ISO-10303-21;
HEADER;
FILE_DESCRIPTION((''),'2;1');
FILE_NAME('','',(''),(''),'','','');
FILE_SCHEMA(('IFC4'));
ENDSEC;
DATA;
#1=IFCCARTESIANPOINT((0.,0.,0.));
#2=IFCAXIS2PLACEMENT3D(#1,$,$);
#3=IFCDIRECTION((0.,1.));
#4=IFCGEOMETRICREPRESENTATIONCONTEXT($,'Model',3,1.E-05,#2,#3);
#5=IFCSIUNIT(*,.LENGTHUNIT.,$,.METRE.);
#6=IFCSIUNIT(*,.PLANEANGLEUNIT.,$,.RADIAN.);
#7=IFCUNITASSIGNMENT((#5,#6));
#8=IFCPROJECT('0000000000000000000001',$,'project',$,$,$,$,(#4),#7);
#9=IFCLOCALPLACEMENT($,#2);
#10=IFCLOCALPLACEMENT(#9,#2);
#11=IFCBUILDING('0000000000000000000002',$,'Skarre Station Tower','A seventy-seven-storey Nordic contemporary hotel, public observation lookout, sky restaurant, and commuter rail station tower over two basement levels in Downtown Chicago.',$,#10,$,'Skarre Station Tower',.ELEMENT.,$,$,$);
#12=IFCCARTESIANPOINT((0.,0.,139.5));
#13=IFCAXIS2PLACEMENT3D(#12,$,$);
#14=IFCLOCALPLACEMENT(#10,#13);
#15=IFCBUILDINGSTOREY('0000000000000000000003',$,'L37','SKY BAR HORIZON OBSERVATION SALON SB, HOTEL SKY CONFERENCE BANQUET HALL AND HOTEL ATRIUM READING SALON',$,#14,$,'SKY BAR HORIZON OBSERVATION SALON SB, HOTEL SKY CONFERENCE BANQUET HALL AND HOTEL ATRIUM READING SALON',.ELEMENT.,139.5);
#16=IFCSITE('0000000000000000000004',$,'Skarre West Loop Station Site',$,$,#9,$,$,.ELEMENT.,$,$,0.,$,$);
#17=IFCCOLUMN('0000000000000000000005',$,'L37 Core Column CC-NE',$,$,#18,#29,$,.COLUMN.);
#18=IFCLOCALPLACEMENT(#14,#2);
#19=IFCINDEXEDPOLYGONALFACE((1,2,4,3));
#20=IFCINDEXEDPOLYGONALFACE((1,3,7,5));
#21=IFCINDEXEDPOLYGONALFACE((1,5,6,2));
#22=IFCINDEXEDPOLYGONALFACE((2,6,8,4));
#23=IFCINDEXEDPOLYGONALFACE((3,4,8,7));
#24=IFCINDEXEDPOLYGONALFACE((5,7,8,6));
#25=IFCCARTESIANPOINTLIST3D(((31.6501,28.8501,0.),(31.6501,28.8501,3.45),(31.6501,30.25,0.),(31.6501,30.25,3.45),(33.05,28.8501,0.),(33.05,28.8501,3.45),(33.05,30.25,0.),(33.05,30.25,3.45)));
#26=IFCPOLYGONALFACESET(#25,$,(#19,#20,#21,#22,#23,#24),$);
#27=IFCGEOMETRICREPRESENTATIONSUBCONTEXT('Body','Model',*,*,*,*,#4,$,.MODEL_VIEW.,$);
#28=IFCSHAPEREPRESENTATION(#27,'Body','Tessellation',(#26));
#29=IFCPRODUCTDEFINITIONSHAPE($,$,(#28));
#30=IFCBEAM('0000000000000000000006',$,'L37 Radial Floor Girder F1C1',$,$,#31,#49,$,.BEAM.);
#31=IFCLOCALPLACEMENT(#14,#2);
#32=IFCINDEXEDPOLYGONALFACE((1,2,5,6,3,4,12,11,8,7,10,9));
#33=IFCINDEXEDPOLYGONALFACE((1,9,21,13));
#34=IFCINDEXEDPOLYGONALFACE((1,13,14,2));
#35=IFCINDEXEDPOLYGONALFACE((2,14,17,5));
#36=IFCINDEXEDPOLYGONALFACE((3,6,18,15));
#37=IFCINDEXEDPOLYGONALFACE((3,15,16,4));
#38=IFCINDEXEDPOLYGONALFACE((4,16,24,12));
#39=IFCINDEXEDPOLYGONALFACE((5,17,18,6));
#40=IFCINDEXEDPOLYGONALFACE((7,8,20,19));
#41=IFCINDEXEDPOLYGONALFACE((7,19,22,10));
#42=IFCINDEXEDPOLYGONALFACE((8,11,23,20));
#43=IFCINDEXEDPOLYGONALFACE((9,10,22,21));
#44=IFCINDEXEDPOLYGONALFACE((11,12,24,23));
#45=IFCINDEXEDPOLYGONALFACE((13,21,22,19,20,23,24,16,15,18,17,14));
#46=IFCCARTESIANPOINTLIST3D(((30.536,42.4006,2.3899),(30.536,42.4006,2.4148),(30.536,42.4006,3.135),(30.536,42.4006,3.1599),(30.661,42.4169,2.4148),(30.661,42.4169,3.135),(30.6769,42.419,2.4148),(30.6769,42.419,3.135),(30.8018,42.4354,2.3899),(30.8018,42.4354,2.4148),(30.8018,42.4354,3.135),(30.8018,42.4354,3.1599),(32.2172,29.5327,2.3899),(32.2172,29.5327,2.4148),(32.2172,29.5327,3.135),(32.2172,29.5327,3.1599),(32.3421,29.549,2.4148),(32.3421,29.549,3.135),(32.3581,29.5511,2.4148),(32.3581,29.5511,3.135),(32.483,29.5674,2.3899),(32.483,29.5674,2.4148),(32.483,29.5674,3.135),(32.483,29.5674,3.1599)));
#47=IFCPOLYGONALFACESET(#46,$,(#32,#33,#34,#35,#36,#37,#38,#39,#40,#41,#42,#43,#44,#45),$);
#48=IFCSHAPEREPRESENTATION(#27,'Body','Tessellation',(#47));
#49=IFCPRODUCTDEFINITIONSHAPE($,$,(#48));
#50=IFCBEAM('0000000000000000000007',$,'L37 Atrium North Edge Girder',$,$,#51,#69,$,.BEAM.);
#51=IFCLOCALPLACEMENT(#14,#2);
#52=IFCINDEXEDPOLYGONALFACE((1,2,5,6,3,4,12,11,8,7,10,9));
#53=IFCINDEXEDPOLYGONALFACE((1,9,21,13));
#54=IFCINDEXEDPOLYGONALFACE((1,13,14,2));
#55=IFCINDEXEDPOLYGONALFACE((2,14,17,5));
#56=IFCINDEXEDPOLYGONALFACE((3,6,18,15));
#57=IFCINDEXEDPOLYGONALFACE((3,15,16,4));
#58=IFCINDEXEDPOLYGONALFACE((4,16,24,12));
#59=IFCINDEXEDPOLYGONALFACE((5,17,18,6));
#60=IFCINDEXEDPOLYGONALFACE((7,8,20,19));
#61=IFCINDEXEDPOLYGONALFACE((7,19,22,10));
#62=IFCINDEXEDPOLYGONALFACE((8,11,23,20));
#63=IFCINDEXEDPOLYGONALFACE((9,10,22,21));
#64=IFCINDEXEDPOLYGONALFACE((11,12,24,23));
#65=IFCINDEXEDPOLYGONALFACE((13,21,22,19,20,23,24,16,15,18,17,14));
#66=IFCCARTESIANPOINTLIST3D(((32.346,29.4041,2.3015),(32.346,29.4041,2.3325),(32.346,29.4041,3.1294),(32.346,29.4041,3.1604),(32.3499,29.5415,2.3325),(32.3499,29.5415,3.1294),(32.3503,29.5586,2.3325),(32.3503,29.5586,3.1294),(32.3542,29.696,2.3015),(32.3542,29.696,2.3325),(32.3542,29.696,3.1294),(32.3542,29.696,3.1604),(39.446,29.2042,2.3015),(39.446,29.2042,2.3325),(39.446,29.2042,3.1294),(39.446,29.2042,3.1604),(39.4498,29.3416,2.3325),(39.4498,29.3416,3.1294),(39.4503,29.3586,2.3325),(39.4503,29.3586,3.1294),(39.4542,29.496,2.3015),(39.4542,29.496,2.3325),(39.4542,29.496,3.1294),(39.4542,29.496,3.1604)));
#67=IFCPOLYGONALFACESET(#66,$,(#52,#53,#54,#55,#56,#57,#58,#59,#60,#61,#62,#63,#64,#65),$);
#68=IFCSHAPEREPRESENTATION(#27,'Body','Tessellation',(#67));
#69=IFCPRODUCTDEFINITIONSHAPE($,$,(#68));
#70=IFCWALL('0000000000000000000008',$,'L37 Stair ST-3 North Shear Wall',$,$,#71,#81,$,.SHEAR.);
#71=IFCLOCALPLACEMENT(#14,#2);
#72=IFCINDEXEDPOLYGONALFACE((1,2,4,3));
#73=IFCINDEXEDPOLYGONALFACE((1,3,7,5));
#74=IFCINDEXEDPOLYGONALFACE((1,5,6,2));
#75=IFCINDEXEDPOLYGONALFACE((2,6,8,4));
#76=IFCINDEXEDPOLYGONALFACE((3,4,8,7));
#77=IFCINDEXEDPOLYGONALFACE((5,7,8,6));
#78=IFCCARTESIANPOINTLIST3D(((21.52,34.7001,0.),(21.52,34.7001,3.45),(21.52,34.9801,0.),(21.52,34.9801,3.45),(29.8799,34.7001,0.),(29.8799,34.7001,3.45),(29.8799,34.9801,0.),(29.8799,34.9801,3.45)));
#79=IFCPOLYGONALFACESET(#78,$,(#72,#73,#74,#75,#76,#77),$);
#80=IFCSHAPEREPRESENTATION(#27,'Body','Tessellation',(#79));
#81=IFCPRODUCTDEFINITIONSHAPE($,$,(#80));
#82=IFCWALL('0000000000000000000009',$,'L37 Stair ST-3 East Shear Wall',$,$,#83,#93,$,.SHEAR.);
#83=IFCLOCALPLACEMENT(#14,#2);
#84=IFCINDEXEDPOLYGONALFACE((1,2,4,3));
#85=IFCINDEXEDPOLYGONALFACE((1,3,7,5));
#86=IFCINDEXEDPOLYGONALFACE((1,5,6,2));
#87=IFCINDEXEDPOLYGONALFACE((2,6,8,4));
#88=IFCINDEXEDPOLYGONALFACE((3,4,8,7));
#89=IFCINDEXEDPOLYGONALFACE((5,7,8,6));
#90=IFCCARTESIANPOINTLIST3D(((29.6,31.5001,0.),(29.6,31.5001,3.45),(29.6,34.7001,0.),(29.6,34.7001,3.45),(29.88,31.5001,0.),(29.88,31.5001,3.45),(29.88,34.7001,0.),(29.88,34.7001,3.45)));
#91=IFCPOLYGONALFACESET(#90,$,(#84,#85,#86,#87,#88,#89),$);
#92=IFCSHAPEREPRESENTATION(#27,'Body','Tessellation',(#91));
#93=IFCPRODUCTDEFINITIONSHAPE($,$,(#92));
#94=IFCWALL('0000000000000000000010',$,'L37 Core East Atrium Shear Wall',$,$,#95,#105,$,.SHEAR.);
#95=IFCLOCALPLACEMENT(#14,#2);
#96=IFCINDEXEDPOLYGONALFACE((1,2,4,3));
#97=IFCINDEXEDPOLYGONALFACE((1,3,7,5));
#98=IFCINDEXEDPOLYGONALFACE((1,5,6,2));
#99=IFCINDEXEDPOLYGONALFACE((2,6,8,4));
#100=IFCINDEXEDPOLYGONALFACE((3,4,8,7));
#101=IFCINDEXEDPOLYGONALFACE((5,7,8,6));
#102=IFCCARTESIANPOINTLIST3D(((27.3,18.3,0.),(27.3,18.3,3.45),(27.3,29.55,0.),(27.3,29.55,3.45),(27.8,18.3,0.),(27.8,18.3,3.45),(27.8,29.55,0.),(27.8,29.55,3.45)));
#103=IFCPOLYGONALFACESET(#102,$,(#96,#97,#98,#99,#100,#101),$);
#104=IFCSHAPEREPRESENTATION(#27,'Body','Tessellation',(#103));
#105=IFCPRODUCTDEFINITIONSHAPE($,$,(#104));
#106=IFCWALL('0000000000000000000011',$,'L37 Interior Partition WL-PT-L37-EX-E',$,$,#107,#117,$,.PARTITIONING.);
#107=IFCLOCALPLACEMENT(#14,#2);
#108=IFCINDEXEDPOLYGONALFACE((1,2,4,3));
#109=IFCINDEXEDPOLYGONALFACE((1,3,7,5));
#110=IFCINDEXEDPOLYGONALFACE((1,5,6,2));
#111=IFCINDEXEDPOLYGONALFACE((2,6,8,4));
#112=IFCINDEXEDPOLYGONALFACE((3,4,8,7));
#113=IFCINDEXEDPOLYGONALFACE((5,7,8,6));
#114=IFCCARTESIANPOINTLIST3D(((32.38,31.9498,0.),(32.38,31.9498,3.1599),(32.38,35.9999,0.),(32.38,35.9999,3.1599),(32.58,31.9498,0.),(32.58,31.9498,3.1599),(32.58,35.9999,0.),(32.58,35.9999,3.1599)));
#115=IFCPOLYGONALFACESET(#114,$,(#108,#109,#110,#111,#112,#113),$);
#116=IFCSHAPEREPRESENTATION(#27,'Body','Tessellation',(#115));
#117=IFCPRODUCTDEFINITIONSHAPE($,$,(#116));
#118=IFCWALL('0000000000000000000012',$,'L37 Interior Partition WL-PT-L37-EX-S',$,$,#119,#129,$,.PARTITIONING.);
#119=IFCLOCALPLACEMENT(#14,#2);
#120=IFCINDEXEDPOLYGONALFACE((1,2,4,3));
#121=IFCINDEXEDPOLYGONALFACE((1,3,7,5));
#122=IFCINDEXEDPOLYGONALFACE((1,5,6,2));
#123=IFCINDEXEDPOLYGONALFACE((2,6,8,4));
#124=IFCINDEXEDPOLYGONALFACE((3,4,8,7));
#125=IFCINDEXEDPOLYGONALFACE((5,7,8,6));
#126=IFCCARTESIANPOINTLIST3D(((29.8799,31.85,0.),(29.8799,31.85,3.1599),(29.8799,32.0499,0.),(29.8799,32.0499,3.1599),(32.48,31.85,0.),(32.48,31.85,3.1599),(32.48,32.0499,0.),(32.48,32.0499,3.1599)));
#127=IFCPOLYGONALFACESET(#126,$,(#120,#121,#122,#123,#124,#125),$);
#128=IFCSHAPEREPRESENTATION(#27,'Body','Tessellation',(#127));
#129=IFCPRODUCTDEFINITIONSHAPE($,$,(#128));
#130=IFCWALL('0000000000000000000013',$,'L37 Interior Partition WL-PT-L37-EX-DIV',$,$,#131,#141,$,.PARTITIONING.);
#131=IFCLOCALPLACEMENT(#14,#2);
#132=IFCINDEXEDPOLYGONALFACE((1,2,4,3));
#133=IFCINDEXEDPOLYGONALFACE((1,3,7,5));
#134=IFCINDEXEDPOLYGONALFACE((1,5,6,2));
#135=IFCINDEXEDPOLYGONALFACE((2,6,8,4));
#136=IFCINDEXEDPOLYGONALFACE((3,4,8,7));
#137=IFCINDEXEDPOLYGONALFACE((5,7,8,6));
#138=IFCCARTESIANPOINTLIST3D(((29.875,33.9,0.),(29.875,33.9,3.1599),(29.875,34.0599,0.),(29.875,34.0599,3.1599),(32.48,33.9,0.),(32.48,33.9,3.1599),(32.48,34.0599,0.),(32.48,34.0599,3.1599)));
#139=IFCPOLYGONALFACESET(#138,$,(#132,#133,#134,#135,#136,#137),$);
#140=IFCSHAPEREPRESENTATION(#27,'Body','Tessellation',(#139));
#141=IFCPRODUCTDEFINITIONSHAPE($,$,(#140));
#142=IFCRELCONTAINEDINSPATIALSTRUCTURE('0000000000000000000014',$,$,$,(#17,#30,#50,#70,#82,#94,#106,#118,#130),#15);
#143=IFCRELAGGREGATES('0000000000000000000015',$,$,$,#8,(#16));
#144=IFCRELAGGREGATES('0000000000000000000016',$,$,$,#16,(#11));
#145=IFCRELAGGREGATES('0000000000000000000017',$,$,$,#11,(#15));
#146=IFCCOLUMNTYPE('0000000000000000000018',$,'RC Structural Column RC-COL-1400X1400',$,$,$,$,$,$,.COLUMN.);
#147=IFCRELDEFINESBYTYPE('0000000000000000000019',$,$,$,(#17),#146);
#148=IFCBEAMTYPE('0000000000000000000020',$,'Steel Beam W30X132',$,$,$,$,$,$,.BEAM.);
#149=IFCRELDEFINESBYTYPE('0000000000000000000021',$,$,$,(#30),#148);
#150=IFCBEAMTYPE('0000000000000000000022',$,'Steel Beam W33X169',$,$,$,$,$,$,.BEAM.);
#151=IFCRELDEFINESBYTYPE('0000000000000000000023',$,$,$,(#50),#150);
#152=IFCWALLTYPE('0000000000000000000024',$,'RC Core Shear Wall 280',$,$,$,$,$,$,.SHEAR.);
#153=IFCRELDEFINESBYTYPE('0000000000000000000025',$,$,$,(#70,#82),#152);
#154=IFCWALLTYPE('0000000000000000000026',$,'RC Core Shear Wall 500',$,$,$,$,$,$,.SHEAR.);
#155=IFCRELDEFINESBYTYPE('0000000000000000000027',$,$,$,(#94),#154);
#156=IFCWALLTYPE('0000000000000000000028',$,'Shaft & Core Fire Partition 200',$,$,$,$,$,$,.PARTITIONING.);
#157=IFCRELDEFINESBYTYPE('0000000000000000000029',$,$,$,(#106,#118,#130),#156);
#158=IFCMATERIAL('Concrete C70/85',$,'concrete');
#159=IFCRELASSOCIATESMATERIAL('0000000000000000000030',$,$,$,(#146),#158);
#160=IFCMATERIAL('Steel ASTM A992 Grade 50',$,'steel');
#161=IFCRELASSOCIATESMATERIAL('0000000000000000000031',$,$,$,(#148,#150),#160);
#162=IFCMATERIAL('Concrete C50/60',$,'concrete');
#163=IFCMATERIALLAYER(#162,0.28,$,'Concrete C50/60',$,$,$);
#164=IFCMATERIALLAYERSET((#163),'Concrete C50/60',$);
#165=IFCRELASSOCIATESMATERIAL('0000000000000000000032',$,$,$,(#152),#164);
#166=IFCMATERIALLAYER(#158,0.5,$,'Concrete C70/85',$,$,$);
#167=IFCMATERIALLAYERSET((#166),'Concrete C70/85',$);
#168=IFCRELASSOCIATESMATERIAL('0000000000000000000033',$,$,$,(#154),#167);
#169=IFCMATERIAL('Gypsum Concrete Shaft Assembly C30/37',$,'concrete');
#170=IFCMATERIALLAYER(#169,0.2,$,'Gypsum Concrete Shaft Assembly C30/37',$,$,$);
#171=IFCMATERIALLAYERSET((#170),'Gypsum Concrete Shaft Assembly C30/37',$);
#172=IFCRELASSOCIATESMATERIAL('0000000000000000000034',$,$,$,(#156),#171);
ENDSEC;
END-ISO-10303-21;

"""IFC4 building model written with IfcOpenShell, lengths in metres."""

from ifc_helpers import new_model, si_unit, direction, frame, frame_2d, origin, origin_2d, place, context, subcontext, project, spatial, rectangle, i_section, extrude, material, layer, layer_set, material_profile, profile_set, type_object, element, save


model = new_model("IFC4")

# Units and contexts
model_context = context("Model", 3, precision=1e-05, world=origin(), true_north=direction((0.0, 1.0)))
body_context = subcontext(model_context, "Body", "Model", "MODEL_VIEW")
ifc_project = project(units=[si_unit("LENGTHUNIT", "METRE"), si_unit("PLANEANGLEUNIT", "RADIAN")], contexts=[model_context])

# Site, building, storey
site_placement = place(None, origin())
site = spatial("IfcSite", under=ifc_project, at=site_placement, Name="Skarre West Loop Station Site", CompositionType="ELEMENT", RefElevation=0.0)
building_placement = place(site_placement, origin())
building = spatial("IfcBuilding", under=site, at=building_placement, Name="Skarre Station Tower", Description="A seventy-seven-storey Nordic contemporary hotel, public observation lookout, sky restaurant, and commuter rail station tower over two basement levels in Downtown Chicago.", LongName="Skarre Station Tower", CompositionType="ELEMENT")
storey_placement = place(building_placement, frame((0.0, 0.0, 139.5)))
storey = spatial("IfcBuildingStorey", under=building, at=storey_placement, Name="L37", Description="SKY BAR HORIZON OBSERVATION SALON SB, HOTEL SKY CONFERENCE BANQUET HALL AND HOTEL ATRIUM READING SALON", LongName="SKY BAR HORIZON OBSERVATION SALON SB, HOTEL SKY CONFERENCE BANQUET HALL AND HOTEL ATRIUM READING SALON", CompositionType="ELEMENT", Elevation=139.5)

# Column
ifc_material_1 = material(Name="Concrete C70/85", Category="concrete")
ifc_material_profile_1 = material_profile(ifc_material_1, rectangle(XDim=1.3999, YDim=1.3999, at=origin_2d()), Name="Concrete C70/85")
ifc_profile_set_1 = profile_set([ifc_material_profile_1], Name="Concrete C70/85")
column_type = type_object("IfcColumnType", Name="RC Structural Column RC-COL-1400X1400", PredefinedType="COLUMN", material=ifc_profile_set_1)
column_placement = place(storey_placement, frame((32.3501, 29.55, 0.0), z_axis=(0.0, 0.0, 1.0), x_axis=(1.0, 0.0, 0.0)))
element("IfcColumn", 1, at=column_placement, inside=storey, type_object=column_type, Name="L37 Core Column CC-NE", PredefinedType="COLUMN", context=body_context, shape_type="SweptSolid", body=[
    extrude(rectangle(XDim=1.3999, YDim=1.3999, at=origin_2d()), origin(), (0.0, 0.0, 1.0), 3.45),
])

# Beams
ifc_material_2 = material(Name="Steel ASTM A992 Grade 50", Category="steel")
ifc_material_profile_2 = material_profile(ifc_material_2, i_section(OverallWidth=0.2681, OverallDepth=0.77, WebThickness=0.0161, FlangeThickness=0.0249, at=origin_2d()), Name="Steel ASTM A992 Grade 50")
ifc_profile_set_2 = profile_set([ifc_material_profile_2], Name="Steel ASTM A992 Grade 50")
beam_type_1 = type_object("IfcBeamType", Name="Steel Beam W30X132", PredefinedType="BEAM", material=ifc_profile_set_2)
beam_1_placement = place(storey_placement, frame((32.3501, 29.55, 2.7749), z_axis=(-0.129546, 0.991573, 0.0), x_axis=(-0.991573, -0.129546, 0.0)))
element("IfcBeam", 2, at=beam_1_placement, inside=storey, type_object=beam_type_1, Name="L37 Radial Floor Girder F1C1", PredefinedType="BEAM", context=body_context, shape_type="SweptSolid", body=[
    extrude(i_section(OverallWidth=0.2681, OverallDepth=0.77, WebThickness=0.0161, FlangeThickness=0.0249, at=origin_2d()), origin(), (0.0, 0.0, 1.0), 12.9773),
])
ifc_material_profile_3 = material_profile(ifc_material_2, i_section(OverallWidth=0.292, OverallDepth=0.8589, WebThickness=0.0171, FlangeThickness=0.031, at=origin_2d()), Name="Steel ASTM A992 Grade 50")
ifc_profile_set_3 = profile_set([ifc_material_profile_3], Name="Steel ASTM A992 Grade 50")
beam_type_2 = type_object("IfcBeamType", Name="Steel Beam W33X169", PredefinedType="BEAM", material=ifc_profile_set_3)
beam_2_placement = place(storey_placement, frame((32.3501, 29.55, 2.731), z_axis=(0.999604, -0.028152, 0.0), x_axis=(0.028152, 0.999604, 0.0)))
element("IfcBeam", 3, at=beam_2_placement, inside=storey, type_object=beam_type_2, Name="L37 Atrium North Edge Girder", PredefinedType="BEAM", context=body_context, shape_type="SweptSolid", body=[
    extrude(i_section(OverallWidth=0.292, OverallDepth=0.8589, WebThickness=0.0171, FlangeThickness=0.031, at=origin_2d()), origin(), (0.0, 0.0, 1.0), 7.1028),
])

# Walls
ifc_material_3 = material(Name="Concrete C50/60", Category="concrete")
ifc_layer_1 = layer(ifc_material_3, 0.28, Name="Concrete C50/60")
ifc_layer_set_1 = layer_set([ifc_layer_1], Name="Concrete C50/60")
wall_type_1 = type_object("IfcWallType", Name="RC Core Shear Wall 280", PredefinedType="SHEAR", material=ifc_layer_set_1)
wall_1_placement = place(storey_placement, frame((29.8799, 34.8401, 0.0), z_axis=(0.0, 0.0, 1.0), x_axis=(-1.0, 0.0, 0.0)))
element("IfcWall", 4, at=wall_1_placement, inside=storey, type_object=wall_type_1, Name="L37 Stair ST-3 North Shear Wall", PredefinedType="SHEAR", context=body_context, shape_type="SweptSolid", body=[
    extrude(rectangle(XDim=8.3599, YDim=0.28, at=frame_2d((4.1799, 0.0))), origin(), (0.0, 0.0, 1.0), 3.45),
])
wall_2_placement = place(storey_placement, frame((29.74, 31.5, 0.0), z_axis=(0.0, 0.0, 1.0), x_axis=(0.0, 1.0, 0.0)))
element("IfcWall", 5, at=wall_2_placement, inside=storey, type_object=wall_type_1, Name="L37 Stair ST-3 East Shear Wall", PredefinedType="SHEAR", context=body_context, shape_type="SweptSolid", body=[
    extrude(rectangle(XDim=3.2, YDim=0.28, at=frame_2d((1.6001, 0.0))), origin(), (0.0, 0.0, 1.0), 3.45),
])
ifc_layer_2 = layer(ifc_material_1, 0.5, Name="Concrete C70/85")
ifc_layer_set_2 = layer_set([ifc_layer_2], Name="Concrete C70/85")
wall_type_2 = type_object("IfcWallType", Name="RC Core Shear Wall 500", PredefinedType="SHEAR", material=ifc_layer_set_2)
wall_3_placement = place(storey_placement, frame((27.55, 29.55, 0.0), z_axis=(0.0, 0.0, 1.0), x_axis=(0.0, -1.0, 0.0)))
element("IfcWall", 6, at=wall_3_placement, inside=storey, type_object=wall_type_2, Name="L37 Core East Atrium Shear Wall", PredefinedType="SHEAR", context=body_context, shape_type="SweptSolid", body=[
    extrude(rectangle(XDim=11.25, YDim=0.5, at=frame_2d((5.625, 0.0))), origin(), (0.0, 0.0, 1.0), 3.45),
])
ifc_material_4 = material(Name="Gypsum Concrete Shaft Assembly C30/37", Category="concrete")
ifc_layer_3 = layer(ifc_material_4, 0.2, Name="Gypsum Concrete Shaft Assembly C30/37")
ifc_layer_set_3 = layer_set([ifc_layer_3], Name="Gypsum Concrete Shaft Assembly C30/37")
wall_type_3 = type_object("IfcWallType", Name="Shaft & Core Fire Partition 200", PredefinedType="PARTITIONING", material=ifc_layer_set_3)
wall_4_placement = place(storey_placement, frame((32.48, 31.95, 0.0), z_axis=(0.0, 0.0, 1.0), x_axis=(0.0, 1.0, 0.0)))
element("IfcWall", 7, at=wall_4_placement, inside=storey, type_object=wall_type_3, Name="L37 Interior Partition WL-PT-L37-EX-E", PredefinedType="PARTITIONING", context=body_context, shape_type="SweptSolid", body=[
    extrude(rectangle(XDim=4.05, YDim=0.2, at=frame_2d((2.0249, 0.0))), origin(), (0.0, 0.0, 1.0), 3.1599),
])
wall_5_placement = place(storey_placement, frame((32.48, 31.95, 0.0), z_axis=(0.0, 0.0, 1.0), x_axis=(-1.0, 0.0, 0.0)))
element("IfcWall", 8, at=wall_5_placement, inside=storey, type_object=wall_type_3, Name="L37 Interior Partition WL-PT-L37-EX-S", PredefinedType="PARTITIONING", context=body_context, shape_type="SweptSolid", body=[
    extrude(rectangle(XDim=2.6001, YDim=0.2, at=frame_2d((1.3, 0.0))), origin(), (0.0, 0.0, 1.0), 3.1599),
])
wall_6_placement = place(storey_placement, frame((29.875, 33.98, 0.0), z_axis=(0.0, 0.0, 1.0), x_axis=(1.0, 0.0, 0.0)))
element("IfcWall", 9, at=wall_6_placement, inside=storey, type_object=wall_type_3, Name="L37 Interior Partition WL-PT-L37-EX-DIV", PredefinedType="PARTITIONING", context=body_context, shape_type="SweptSolid", body=[
    extrude(rectangle(XDim=2.605, YDim=0.1599, at=frame_2d((1.3025, 0.0))), origin(), (0.0, 0.0, 1.0), 3.1599),
])

save(model, "model.ifc")
